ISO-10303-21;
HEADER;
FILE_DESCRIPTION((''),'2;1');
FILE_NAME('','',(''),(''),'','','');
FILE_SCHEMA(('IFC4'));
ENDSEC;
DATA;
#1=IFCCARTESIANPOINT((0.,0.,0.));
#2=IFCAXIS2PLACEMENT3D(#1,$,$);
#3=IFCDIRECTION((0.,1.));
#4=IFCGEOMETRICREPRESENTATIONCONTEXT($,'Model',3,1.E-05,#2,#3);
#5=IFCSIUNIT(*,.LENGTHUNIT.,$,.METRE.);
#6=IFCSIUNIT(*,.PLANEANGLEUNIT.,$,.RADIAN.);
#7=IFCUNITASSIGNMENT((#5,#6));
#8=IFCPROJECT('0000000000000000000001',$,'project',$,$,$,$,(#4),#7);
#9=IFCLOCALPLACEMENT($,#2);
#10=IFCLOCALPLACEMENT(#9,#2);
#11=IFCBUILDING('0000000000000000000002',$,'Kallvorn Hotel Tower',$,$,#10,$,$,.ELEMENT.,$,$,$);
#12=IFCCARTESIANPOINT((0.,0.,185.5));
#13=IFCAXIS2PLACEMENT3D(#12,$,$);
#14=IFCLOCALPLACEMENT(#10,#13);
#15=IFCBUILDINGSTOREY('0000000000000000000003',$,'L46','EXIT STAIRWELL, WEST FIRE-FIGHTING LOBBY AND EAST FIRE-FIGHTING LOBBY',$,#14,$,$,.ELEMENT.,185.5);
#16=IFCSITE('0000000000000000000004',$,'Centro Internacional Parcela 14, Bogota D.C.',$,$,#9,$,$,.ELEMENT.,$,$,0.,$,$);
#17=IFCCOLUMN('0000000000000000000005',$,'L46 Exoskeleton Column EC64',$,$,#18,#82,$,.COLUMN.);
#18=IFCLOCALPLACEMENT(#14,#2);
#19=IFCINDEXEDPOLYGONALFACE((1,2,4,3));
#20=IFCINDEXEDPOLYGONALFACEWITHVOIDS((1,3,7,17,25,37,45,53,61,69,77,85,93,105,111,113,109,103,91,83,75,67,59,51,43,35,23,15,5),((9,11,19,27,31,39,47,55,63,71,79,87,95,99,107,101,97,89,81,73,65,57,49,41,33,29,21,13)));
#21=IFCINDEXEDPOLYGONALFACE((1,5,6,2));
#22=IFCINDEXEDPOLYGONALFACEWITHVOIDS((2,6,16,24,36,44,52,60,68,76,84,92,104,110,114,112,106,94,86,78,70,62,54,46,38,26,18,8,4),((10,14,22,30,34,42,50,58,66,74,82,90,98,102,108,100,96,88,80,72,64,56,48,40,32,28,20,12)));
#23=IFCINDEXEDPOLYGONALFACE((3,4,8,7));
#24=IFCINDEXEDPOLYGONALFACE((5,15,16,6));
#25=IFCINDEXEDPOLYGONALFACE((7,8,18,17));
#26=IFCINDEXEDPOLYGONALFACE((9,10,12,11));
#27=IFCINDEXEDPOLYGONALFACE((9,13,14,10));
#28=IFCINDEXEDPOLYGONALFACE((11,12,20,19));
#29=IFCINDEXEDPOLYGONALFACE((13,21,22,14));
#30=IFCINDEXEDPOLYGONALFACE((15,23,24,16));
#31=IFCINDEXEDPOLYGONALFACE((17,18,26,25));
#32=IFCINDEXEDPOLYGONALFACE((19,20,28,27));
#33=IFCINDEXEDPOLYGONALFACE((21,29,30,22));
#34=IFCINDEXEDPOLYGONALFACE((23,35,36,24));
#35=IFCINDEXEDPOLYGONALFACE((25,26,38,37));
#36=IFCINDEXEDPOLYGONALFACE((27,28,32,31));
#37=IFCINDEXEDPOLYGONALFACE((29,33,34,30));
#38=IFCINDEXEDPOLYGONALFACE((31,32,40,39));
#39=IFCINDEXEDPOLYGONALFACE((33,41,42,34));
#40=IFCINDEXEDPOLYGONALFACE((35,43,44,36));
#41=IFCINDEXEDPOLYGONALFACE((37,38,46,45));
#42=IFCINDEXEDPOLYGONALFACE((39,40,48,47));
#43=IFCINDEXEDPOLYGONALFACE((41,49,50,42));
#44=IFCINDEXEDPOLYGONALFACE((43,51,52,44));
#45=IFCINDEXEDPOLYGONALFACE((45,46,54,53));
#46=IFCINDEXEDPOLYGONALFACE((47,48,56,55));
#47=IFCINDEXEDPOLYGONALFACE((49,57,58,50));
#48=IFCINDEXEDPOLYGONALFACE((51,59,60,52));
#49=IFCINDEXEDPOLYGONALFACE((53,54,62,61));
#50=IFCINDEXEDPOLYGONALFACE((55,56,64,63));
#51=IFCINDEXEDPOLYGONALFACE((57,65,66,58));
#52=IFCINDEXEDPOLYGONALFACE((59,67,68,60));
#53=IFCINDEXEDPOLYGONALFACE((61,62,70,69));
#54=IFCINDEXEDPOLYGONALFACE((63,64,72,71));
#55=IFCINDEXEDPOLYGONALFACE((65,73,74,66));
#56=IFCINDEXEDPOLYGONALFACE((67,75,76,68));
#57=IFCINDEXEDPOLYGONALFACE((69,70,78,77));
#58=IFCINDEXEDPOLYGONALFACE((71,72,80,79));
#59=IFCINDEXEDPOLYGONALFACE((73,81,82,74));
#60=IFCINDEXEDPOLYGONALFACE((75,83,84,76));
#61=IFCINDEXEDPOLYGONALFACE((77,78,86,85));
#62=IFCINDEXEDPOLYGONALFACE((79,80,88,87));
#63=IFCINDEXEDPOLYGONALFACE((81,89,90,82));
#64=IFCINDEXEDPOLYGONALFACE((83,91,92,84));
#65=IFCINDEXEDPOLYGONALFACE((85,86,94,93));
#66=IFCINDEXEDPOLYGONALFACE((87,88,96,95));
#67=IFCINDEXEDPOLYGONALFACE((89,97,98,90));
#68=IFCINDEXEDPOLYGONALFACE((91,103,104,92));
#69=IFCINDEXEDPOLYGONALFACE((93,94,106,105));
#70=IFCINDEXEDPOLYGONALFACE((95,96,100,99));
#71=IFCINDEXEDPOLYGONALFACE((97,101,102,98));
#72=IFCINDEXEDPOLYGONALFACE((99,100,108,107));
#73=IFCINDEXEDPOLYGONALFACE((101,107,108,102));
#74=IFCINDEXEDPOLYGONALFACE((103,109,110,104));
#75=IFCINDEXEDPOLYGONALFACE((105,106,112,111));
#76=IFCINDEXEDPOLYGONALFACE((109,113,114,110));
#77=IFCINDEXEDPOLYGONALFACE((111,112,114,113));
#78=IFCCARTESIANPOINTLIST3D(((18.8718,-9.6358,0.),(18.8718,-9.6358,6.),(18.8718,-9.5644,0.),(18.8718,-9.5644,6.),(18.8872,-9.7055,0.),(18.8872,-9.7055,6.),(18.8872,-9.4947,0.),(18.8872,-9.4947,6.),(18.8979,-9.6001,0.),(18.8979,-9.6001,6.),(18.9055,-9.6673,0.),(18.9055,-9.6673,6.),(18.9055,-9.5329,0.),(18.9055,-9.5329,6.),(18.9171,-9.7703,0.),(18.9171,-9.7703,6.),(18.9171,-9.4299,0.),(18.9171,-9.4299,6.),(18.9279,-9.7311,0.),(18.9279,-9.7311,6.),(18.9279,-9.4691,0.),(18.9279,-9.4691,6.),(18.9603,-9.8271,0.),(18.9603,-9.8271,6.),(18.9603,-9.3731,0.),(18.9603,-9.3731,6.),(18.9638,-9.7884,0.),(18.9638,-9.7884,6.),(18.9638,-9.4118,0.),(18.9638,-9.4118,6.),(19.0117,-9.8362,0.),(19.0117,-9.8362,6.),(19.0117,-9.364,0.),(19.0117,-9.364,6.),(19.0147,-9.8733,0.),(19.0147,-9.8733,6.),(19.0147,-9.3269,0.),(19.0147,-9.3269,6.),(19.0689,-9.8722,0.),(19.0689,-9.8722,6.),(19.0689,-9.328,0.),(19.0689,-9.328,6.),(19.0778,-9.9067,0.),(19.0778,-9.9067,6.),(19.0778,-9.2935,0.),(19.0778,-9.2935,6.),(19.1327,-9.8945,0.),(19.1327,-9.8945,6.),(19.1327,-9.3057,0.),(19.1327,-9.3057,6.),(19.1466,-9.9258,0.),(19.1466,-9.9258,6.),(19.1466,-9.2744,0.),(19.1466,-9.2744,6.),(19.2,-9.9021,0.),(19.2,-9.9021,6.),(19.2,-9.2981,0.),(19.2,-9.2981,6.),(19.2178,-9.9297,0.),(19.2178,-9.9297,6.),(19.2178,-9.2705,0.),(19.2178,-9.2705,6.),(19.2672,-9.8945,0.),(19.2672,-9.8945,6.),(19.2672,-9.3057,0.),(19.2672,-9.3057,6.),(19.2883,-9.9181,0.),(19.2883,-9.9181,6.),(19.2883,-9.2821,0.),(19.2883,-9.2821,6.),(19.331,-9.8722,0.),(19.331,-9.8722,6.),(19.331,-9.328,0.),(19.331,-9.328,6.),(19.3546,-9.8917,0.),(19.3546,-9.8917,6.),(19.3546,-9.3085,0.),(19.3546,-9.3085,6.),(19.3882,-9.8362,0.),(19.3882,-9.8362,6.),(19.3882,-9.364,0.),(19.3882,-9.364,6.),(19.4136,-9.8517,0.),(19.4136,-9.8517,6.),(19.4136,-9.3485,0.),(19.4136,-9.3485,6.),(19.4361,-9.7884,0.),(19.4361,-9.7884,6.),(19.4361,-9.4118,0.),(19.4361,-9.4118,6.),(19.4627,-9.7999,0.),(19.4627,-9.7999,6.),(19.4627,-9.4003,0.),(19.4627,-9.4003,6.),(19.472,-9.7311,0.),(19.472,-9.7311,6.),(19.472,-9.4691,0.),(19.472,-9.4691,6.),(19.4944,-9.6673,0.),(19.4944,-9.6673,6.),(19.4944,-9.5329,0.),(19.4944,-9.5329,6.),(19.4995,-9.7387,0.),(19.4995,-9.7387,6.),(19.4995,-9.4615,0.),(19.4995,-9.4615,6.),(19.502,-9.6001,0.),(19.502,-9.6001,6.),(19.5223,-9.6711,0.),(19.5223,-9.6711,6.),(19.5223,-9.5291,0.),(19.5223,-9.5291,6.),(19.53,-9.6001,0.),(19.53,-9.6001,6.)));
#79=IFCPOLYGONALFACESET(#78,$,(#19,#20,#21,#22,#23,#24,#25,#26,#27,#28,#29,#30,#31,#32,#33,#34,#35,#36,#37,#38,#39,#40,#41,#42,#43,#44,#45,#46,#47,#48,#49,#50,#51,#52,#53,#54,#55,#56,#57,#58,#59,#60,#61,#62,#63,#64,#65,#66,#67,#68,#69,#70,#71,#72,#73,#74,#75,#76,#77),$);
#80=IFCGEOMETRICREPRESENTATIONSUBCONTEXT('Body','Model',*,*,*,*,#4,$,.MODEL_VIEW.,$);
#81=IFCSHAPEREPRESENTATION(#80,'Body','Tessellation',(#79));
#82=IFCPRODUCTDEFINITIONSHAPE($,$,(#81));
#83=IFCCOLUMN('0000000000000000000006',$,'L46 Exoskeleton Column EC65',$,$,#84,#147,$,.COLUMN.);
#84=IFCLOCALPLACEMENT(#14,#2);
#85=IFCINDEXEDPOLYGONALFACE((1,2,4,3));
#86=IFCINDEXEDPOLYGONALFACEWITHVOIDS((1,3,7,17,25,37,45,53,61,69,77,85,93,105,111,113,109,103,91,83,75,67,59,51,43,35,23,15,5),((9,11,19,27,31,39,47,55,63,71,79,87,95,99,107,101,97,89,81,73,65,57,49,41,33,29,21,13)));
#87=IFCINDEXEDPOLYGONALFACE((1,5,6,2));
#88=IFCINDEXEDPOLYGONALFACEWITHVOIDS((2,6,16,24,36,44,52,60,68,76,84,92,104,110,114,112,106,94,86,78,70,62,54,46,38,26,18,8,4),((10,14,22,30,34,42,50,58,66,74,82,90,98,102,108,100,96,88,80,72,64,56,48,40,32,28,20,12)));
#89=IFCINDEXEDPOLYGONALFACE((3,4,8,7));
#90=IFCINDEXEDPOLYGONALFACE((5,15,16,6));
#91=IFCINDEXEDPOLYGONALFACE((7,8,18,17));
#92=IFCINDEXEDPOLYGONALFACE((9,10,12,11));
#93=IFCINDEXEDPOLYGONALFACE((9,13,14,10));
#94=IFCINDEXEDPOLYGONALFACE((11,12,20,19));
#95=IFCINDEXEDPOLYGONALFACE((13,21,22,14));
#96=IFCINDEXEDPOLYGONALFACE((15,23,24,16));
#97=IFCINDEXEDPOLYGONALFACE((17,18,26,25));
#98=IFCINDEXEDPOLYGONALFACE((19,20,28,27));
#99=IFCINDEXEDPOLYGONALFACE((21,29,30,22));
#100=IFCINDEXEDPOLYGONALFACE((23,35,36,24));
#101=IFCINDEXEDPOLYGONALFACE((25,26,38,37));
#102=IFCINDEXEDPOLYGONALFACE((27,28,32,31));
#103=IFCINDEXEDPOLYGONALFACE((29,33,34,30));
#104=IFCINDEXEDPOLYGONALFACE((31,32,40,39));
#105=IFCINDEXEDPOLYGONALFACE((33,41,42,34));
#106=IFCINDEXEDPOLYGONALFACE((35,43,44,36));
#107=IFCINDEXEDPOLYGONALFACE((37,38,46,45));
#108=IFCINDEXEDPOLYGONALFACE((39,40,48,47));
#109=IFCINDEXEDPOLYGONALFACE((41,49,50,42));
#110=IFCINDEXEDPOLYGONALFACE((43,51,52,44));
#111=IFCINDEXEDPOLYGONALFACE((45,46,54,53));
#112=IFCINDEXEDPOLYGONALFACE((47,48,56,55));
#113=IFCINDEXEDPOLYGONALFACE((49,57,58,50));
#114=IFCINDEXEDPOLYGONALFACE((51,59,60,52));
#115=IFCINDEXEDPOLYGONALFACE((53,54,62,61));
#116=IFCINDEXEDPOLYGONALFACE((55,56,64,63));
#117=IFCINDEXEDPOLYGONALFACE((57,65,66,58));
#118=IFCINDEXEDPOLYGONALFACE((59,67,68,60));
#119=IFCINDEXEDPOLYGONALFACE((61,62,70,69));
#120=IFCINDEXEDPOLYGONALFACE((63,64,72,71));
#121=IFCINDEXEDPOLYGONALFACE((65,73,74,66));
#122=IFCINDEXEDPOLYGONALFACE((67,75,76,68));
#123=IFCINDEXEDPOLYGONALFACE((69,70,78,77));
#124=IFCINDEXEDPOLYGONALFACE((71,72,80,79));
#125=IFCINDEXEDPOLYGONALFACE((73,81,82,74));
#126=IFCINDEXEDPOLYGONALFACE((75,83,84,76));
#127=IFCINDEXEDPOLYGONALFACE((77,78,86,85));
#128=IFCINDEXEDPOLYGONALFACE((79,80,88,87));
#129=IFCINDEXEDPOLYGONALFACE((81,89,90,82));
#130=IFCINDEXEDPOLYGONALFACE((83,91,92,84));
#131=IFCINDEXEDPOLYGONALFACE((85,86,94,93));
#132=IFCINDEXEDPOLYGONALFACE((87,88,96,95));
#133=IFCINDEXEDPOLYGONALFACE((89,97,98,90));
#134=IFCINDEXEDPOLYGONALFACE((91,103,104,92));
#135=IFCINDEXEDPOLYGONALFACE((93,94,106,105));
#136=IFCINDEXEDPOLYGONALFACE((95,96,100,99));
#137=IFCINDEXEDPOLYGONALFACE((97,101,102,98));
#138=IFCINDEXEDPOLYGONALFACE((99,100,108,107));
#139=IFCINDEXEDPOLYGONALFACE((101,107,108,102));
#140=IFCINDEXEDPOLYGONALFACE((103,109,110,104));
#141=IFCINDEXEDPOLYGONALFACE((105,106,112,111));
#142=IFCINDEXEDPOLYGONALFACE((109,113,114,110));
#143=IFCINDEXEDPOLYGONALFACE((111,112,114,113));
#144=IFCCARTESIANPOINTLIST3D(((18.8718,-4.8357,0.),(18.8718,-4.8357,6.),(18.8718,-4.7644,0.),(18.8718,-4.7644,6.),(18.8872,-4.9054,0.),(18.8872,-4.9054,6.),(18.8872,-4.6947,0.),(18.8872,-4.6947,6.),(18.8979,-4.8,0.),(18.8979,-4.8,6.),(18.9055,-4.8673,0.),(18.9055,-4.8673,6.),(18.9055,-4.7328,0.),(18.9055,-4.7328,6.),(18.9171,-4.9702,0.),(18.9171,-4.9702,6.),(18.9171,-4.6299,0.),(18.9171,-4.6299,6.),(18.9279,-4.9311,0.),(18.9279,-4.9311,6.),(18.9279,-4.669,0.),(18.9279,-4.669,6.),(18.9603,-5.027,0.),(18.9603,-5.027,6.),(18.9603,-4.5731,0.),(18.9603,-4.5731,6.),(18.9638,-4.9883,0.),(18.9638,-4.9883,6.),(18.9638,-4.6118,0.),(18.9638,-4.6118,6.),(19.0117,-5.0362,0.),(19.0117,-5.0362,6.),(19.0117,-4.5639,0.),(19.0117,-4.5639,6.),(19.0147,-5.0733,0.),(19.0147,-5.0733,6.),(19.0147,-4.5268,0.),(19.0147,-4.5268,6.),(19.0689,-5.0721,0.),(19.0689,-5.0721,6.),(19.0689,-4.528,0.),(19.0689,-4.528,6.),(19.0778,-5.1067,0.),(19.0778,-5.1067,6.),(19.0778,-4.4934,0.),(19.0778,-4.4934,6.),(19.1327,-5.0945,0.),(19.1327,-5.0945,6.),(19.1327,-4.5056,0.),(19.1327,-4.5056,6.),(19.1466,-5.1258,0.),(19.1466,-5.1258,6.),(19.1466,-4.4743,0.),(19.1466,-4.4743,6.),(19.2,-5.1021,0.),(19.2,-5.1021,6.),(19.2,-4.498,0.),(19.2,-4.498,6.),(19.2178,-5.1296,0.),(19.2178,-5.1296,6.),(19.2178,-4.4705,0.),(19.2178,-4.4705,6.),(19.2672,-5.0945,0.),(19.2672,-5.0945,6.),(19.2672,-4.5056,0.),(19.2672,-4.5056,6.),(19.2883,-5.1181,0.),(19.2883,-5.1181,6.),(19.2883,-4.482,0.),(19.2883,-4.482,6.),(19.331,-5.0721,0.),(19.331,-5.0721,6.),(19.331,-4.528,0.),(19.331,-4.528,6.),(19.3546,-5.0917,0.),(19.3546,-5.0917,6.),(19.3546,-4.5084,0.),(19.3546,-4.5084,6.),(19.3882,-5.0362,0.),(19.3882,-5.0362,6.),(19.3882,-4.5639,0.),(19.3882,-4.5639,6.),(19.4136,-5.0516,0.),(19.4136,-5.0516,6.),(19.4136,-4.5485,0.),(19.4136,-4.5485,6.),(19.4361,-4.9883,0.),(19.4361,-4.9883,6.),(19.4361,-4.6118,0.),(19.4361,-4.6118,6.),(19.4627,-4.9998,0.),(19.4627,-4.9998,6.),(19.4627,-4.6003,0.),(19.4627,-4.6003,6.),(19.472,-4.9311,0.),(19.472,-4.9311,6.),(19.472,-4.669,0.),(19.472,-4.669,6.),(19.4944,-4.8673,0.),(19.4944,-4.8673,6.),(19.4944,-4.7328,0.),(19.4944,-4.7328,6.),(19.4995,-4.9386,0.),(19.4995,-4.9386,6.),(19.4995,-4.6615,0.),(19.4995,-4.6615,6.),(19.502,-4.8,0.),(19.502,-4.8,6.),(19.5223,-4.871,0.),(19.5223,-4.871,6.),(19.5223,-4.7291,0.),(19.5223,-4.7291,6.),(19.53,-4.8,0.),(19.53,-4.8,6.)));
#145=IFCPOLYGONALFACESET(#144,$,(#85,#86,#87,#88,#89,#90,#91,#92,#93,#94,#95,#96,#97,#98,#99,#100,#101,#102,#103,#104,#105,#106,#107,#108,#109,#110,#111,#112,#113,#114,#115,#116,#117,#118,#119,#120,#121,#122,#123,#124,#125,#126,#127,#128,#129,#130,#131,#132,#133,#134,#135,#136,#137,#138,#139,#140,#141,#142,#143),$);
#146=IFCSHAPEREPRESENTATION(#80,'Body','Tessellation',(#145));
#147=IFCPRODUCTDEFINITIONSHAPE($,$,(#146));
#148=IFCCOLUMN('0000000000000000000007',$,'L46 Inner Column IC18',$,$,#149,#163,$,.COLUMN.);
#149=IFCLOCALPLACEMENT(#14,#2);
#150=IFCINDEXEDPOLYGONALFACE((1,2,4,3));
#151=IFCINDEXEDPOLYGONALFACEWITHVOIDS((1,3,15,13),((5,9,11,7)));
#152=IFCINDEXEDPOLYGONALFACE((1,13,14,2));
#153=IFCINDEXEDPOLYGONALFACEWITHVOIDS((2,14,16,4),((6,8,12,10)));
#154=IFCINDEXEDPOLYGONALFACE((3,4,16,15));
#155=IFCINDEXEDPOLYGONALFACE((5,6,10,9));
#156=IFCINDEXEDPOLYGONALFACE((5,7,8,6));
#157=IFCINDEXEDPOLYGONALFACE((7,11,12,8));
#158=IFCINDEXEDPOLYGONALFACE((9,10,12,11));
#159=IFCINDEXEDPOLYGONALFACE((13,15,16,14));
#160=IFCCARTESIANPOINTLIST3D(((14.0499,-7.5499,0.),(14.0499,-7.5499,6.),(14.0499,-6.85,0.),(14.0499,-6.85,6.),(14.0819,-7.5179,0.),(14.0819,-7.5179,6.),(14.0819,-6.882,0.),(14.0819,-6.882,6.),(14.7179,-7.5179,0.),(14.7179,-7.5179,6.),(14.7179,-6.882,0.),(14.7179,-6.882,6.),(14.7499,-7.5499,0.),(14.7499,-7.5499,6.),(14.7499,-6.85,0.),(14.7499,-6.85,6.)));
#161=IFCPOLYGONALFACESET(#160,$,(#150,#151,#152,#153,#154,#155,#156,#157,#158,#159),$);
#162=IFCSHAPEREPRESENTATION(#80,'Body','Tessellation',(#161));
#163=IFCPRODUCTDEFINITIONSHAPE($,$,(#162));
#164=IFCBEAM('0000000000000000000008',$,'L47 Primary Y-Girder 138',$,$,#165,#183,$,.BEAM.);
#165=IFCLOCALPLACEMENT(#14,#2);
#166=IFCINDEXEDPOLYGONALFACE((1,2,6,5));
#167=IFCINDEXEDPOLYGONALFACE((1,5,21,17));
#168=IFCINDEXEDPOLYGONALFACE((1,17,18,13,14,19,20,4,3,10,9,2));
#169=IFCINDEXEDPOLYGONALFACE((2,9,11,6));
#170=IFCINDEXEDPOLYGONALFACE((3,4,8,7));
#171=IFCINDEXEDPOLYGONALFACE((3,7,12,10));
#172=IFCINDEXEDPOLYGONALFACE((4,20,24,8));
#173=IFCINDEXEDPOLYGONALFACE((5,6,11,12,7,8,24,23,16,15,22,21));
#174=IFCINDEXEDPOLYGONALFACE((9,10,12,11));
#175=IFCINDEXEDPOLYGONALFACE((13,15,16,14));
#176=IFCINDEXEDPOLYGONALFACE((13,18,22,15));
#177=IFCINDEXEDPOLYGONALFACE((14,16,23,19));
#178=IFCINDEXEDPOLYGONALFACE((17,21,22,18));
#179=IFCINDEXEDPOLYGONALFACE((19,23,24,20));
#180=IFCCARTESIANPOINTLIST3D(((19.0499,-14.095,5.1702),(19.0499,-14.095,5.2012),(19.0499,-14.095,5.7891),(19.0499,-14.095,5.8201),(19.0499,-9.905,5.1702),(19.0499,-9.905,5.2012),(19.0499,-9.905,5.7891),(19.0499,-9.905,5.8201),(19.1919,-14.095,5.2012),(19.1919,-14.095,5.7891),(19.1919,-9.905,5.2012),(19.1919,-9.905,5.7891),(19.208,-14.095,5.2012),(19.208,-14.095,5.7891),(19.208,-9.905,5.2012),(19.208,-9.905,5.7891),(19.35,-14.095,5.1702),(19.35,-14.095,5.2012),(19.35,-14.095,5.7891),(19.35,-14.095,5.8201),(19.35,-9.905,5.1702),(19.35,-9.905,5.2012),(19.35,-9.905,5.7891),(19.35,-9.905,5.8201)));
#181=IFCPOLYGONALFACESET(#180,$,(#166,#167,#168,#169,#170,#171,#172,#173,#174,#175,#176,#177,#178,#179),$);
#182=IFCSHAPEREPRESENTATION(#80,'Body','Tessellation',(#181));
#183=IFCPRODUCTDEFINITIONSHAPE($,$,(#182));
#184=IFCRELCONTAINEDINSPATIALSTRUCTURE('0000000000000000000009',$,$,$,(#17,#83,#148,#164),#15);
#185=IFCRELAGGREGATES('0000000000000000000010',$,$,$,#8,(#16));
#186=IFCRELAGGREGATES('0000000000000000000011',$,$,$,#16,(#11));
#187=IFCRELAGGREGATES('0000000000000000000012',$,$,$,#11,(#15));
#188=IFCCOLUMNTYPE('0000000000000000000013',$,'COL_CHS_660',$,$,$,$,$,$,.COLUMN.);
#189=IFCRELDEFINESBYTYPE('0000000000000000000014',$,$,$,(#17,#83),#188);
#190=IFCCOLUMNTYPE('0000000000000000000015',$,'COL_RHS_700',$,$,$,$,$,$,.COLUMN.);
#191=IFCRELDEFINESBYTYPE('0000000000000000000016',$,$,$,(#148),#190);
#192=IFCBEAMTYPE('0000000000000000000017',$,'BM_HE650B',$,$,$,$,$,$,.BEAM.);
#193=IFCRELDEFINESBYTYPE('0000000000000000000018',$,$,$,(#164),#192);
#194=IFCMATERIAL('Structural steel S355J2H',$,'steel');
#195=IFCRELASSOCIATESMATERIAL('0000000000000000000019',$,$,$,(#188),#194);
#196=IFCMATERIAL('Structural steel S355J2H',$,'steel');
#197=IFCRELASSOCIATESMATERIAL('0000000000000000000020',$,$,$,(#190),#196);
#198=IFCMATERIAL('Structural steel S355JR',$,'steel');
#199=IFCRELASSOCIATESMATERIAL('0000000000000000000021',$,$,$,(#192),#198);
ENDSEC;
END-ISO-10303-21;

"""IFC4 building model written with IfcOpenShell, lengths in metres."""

from ifc_helpers import new_model, si_unit, direction, frame, origin, origin_2d, place, context, subcontext, project, spatial, hollow_rectangle, hollow_circle, i_section, extrude, material, material_profile, profile_set, type_object, element, save


model = new_model("IFC4")

# Units and contexts
model_context = context("Model", 3, precision=1e-05, world=origin(), true_north=direction((0.0, 1.0)))
body_context = subcontext(model_context, "Body", "Model", "MODEL_VIEW")
ifc_project = project(units=[si_unit("LENGTHUNIT", "METRE"), si_unit("PLANEANGLEUNIT", "RADIAN")], contexts=[model_context])

# Site, building, storey
site_placement = place(None, origin())
site = spatial("IfcSite", under=ifc_project, at=site_placement, Name="Centro Internacional Parcela 14, Bogota D.C.", CompositionType="ELEMENT", RefElevation=0.0)
building_placement = place(site_placement, origin())
building = spatial("IfcBuilding", under=site, at=building_placement, Name="Kallvorn Hotel Tower", CompositionType="ELEMENT")
storey_placement = place(building_placement, frame((0.0, 0.0, 185.5)))
storey = spatial("IfcBuildingStorey", under=building, at=storey_placement, Name="L46", Description="EXIT STAIRWELL, WEST FIRE-FIGHTING LOBBY AND EAST FIRE-FIGHTING LOBBY", CompositionType="ELEMENT", Elevation=185.5)

# Columns
ifc_material_1 = material(Name="Structural steel S355J2H", Category="steel")
ifc_material_profile_1 = material_profile(ifc_material_1, hollow_circle(Radius=0.3301, WallThickness=0.0281, at=origin_2d()), Name="CHS 660x28")
ifc_profile_set_1 = profile_set([ifc_material_profile_1], Name="Structural steel S355J2H")
column_type_1 = type_object("IfcColumnType", Name="COL_CHS_660", PredefinedType="COLUMN", material=ifc_profile_set_1)
for number, where, z_axis, x_axis, name in (
    (1, (19.2, -9.6001, 0.0), (0.0, 0.0, 1.0), (1.0, 0.0, 0.0), "L46 Exoskeleton Column EC64"),
    (2, (19.2, -4.8, 0.0), (0.0, 0.0, 1.0), (1.0, 0.0, 0.0), "L46 Exoskeleton Column EC65"),
):
    element("IfcColumn", number, at=place(storey_placement, frame(where, z_axis=z_axis, x_axis=x_axis)), inside=storey, type_object=column_type_1, Name=name, PredefinedType="COLUMN", context=body_context, shape_type="SweptSolid", body=[
        extrude(hollow_circle(Radius=0.3301, WallThickness=0.0281, at=origin_2d()), origin(), (0.0, 0.0, 1.0), 6.0),
    ])
ifc_material_2 = material(Name="Structural steel S355J2H", Category="steel")
ifc_material_profile_2 = material_profile(ifc_material_2, hollow_rectangle(XDim=0.7, YDim=0.7, WallThickness=0.032, at=origin_2d()), Name="RHS 700x700x32")
ifc_profile_set_2 = profile_set([ifc_material_profile_2], Name="Structural steel S355J2H")
column_type_2 = type_object("IfcColumnType", Name="COL_RHS_700", PredefinedType="COLUMN", material=ifc_profile_set_2)
column_placement = place(storey_placement, frame((14.3999, -7.2, 0.0), z_axis=(0.0, 0.0, 1.0), x_axis=(1.0, 0.0, 0.0)))
element("IfcColumn", 3, at=column_placement, inside=storey, type_object=column_type_2, Name="L46 Inner Column IC18", PredefinedType="COLUMN", context=body_context, shape_type="SweptSolid", body=[
    extrude(hollow_rectangle(XDim=0.7, YDim=0.7, WallThickness=0.032, at=origin_2d()), origin(), (0.0, 0.0, 1.0), 6.0),
])

# Beam
ifc_material_3 = material(Name="Structural steel S355JR", Category="steel")
ifc_material_profile_3 = material_profile(ifc_material_3, i_section(OverallWidth=0.3, OverallDepth=0.6499, WebThickness=0.0161, FlangeThickness=0.031, at=origin_2d()), Name="HE 650 B")
ifc_profile_set_3 = profile_set([ifc_material_profile_3], Name="Structural steel S355JR")
beam_type_1 = type_object("IfcBeamType", Name="BM_HE650B", PredefinedType="BEAM", material=ifc_profile_set_3)
beam_1_placement = place(storey_placement, frame((19.2, -14.095, 5.4951), z_axis=(0.0, 1.0, 0.0), x_axis=(-1.0, 0.0, 0.0)))
element("IfcBeam", 4, at=beam_1_placement, inside=storey, type_object=beam_type_1, Name="L47 Primary Y-Girder 138", PredefinedType="BEAM", context=body_context, shape_type="SweptSolid", body=[
    extrude(i_section(OverallWidth=0.3, OverallDepth=0.6499, WebThickness=0.0161, FlangeThickness=0.031, at=origin_2d()), origin(), (0.0, 0.0, 1.0), 4.1899),
])

save(model, "model.ifc")
